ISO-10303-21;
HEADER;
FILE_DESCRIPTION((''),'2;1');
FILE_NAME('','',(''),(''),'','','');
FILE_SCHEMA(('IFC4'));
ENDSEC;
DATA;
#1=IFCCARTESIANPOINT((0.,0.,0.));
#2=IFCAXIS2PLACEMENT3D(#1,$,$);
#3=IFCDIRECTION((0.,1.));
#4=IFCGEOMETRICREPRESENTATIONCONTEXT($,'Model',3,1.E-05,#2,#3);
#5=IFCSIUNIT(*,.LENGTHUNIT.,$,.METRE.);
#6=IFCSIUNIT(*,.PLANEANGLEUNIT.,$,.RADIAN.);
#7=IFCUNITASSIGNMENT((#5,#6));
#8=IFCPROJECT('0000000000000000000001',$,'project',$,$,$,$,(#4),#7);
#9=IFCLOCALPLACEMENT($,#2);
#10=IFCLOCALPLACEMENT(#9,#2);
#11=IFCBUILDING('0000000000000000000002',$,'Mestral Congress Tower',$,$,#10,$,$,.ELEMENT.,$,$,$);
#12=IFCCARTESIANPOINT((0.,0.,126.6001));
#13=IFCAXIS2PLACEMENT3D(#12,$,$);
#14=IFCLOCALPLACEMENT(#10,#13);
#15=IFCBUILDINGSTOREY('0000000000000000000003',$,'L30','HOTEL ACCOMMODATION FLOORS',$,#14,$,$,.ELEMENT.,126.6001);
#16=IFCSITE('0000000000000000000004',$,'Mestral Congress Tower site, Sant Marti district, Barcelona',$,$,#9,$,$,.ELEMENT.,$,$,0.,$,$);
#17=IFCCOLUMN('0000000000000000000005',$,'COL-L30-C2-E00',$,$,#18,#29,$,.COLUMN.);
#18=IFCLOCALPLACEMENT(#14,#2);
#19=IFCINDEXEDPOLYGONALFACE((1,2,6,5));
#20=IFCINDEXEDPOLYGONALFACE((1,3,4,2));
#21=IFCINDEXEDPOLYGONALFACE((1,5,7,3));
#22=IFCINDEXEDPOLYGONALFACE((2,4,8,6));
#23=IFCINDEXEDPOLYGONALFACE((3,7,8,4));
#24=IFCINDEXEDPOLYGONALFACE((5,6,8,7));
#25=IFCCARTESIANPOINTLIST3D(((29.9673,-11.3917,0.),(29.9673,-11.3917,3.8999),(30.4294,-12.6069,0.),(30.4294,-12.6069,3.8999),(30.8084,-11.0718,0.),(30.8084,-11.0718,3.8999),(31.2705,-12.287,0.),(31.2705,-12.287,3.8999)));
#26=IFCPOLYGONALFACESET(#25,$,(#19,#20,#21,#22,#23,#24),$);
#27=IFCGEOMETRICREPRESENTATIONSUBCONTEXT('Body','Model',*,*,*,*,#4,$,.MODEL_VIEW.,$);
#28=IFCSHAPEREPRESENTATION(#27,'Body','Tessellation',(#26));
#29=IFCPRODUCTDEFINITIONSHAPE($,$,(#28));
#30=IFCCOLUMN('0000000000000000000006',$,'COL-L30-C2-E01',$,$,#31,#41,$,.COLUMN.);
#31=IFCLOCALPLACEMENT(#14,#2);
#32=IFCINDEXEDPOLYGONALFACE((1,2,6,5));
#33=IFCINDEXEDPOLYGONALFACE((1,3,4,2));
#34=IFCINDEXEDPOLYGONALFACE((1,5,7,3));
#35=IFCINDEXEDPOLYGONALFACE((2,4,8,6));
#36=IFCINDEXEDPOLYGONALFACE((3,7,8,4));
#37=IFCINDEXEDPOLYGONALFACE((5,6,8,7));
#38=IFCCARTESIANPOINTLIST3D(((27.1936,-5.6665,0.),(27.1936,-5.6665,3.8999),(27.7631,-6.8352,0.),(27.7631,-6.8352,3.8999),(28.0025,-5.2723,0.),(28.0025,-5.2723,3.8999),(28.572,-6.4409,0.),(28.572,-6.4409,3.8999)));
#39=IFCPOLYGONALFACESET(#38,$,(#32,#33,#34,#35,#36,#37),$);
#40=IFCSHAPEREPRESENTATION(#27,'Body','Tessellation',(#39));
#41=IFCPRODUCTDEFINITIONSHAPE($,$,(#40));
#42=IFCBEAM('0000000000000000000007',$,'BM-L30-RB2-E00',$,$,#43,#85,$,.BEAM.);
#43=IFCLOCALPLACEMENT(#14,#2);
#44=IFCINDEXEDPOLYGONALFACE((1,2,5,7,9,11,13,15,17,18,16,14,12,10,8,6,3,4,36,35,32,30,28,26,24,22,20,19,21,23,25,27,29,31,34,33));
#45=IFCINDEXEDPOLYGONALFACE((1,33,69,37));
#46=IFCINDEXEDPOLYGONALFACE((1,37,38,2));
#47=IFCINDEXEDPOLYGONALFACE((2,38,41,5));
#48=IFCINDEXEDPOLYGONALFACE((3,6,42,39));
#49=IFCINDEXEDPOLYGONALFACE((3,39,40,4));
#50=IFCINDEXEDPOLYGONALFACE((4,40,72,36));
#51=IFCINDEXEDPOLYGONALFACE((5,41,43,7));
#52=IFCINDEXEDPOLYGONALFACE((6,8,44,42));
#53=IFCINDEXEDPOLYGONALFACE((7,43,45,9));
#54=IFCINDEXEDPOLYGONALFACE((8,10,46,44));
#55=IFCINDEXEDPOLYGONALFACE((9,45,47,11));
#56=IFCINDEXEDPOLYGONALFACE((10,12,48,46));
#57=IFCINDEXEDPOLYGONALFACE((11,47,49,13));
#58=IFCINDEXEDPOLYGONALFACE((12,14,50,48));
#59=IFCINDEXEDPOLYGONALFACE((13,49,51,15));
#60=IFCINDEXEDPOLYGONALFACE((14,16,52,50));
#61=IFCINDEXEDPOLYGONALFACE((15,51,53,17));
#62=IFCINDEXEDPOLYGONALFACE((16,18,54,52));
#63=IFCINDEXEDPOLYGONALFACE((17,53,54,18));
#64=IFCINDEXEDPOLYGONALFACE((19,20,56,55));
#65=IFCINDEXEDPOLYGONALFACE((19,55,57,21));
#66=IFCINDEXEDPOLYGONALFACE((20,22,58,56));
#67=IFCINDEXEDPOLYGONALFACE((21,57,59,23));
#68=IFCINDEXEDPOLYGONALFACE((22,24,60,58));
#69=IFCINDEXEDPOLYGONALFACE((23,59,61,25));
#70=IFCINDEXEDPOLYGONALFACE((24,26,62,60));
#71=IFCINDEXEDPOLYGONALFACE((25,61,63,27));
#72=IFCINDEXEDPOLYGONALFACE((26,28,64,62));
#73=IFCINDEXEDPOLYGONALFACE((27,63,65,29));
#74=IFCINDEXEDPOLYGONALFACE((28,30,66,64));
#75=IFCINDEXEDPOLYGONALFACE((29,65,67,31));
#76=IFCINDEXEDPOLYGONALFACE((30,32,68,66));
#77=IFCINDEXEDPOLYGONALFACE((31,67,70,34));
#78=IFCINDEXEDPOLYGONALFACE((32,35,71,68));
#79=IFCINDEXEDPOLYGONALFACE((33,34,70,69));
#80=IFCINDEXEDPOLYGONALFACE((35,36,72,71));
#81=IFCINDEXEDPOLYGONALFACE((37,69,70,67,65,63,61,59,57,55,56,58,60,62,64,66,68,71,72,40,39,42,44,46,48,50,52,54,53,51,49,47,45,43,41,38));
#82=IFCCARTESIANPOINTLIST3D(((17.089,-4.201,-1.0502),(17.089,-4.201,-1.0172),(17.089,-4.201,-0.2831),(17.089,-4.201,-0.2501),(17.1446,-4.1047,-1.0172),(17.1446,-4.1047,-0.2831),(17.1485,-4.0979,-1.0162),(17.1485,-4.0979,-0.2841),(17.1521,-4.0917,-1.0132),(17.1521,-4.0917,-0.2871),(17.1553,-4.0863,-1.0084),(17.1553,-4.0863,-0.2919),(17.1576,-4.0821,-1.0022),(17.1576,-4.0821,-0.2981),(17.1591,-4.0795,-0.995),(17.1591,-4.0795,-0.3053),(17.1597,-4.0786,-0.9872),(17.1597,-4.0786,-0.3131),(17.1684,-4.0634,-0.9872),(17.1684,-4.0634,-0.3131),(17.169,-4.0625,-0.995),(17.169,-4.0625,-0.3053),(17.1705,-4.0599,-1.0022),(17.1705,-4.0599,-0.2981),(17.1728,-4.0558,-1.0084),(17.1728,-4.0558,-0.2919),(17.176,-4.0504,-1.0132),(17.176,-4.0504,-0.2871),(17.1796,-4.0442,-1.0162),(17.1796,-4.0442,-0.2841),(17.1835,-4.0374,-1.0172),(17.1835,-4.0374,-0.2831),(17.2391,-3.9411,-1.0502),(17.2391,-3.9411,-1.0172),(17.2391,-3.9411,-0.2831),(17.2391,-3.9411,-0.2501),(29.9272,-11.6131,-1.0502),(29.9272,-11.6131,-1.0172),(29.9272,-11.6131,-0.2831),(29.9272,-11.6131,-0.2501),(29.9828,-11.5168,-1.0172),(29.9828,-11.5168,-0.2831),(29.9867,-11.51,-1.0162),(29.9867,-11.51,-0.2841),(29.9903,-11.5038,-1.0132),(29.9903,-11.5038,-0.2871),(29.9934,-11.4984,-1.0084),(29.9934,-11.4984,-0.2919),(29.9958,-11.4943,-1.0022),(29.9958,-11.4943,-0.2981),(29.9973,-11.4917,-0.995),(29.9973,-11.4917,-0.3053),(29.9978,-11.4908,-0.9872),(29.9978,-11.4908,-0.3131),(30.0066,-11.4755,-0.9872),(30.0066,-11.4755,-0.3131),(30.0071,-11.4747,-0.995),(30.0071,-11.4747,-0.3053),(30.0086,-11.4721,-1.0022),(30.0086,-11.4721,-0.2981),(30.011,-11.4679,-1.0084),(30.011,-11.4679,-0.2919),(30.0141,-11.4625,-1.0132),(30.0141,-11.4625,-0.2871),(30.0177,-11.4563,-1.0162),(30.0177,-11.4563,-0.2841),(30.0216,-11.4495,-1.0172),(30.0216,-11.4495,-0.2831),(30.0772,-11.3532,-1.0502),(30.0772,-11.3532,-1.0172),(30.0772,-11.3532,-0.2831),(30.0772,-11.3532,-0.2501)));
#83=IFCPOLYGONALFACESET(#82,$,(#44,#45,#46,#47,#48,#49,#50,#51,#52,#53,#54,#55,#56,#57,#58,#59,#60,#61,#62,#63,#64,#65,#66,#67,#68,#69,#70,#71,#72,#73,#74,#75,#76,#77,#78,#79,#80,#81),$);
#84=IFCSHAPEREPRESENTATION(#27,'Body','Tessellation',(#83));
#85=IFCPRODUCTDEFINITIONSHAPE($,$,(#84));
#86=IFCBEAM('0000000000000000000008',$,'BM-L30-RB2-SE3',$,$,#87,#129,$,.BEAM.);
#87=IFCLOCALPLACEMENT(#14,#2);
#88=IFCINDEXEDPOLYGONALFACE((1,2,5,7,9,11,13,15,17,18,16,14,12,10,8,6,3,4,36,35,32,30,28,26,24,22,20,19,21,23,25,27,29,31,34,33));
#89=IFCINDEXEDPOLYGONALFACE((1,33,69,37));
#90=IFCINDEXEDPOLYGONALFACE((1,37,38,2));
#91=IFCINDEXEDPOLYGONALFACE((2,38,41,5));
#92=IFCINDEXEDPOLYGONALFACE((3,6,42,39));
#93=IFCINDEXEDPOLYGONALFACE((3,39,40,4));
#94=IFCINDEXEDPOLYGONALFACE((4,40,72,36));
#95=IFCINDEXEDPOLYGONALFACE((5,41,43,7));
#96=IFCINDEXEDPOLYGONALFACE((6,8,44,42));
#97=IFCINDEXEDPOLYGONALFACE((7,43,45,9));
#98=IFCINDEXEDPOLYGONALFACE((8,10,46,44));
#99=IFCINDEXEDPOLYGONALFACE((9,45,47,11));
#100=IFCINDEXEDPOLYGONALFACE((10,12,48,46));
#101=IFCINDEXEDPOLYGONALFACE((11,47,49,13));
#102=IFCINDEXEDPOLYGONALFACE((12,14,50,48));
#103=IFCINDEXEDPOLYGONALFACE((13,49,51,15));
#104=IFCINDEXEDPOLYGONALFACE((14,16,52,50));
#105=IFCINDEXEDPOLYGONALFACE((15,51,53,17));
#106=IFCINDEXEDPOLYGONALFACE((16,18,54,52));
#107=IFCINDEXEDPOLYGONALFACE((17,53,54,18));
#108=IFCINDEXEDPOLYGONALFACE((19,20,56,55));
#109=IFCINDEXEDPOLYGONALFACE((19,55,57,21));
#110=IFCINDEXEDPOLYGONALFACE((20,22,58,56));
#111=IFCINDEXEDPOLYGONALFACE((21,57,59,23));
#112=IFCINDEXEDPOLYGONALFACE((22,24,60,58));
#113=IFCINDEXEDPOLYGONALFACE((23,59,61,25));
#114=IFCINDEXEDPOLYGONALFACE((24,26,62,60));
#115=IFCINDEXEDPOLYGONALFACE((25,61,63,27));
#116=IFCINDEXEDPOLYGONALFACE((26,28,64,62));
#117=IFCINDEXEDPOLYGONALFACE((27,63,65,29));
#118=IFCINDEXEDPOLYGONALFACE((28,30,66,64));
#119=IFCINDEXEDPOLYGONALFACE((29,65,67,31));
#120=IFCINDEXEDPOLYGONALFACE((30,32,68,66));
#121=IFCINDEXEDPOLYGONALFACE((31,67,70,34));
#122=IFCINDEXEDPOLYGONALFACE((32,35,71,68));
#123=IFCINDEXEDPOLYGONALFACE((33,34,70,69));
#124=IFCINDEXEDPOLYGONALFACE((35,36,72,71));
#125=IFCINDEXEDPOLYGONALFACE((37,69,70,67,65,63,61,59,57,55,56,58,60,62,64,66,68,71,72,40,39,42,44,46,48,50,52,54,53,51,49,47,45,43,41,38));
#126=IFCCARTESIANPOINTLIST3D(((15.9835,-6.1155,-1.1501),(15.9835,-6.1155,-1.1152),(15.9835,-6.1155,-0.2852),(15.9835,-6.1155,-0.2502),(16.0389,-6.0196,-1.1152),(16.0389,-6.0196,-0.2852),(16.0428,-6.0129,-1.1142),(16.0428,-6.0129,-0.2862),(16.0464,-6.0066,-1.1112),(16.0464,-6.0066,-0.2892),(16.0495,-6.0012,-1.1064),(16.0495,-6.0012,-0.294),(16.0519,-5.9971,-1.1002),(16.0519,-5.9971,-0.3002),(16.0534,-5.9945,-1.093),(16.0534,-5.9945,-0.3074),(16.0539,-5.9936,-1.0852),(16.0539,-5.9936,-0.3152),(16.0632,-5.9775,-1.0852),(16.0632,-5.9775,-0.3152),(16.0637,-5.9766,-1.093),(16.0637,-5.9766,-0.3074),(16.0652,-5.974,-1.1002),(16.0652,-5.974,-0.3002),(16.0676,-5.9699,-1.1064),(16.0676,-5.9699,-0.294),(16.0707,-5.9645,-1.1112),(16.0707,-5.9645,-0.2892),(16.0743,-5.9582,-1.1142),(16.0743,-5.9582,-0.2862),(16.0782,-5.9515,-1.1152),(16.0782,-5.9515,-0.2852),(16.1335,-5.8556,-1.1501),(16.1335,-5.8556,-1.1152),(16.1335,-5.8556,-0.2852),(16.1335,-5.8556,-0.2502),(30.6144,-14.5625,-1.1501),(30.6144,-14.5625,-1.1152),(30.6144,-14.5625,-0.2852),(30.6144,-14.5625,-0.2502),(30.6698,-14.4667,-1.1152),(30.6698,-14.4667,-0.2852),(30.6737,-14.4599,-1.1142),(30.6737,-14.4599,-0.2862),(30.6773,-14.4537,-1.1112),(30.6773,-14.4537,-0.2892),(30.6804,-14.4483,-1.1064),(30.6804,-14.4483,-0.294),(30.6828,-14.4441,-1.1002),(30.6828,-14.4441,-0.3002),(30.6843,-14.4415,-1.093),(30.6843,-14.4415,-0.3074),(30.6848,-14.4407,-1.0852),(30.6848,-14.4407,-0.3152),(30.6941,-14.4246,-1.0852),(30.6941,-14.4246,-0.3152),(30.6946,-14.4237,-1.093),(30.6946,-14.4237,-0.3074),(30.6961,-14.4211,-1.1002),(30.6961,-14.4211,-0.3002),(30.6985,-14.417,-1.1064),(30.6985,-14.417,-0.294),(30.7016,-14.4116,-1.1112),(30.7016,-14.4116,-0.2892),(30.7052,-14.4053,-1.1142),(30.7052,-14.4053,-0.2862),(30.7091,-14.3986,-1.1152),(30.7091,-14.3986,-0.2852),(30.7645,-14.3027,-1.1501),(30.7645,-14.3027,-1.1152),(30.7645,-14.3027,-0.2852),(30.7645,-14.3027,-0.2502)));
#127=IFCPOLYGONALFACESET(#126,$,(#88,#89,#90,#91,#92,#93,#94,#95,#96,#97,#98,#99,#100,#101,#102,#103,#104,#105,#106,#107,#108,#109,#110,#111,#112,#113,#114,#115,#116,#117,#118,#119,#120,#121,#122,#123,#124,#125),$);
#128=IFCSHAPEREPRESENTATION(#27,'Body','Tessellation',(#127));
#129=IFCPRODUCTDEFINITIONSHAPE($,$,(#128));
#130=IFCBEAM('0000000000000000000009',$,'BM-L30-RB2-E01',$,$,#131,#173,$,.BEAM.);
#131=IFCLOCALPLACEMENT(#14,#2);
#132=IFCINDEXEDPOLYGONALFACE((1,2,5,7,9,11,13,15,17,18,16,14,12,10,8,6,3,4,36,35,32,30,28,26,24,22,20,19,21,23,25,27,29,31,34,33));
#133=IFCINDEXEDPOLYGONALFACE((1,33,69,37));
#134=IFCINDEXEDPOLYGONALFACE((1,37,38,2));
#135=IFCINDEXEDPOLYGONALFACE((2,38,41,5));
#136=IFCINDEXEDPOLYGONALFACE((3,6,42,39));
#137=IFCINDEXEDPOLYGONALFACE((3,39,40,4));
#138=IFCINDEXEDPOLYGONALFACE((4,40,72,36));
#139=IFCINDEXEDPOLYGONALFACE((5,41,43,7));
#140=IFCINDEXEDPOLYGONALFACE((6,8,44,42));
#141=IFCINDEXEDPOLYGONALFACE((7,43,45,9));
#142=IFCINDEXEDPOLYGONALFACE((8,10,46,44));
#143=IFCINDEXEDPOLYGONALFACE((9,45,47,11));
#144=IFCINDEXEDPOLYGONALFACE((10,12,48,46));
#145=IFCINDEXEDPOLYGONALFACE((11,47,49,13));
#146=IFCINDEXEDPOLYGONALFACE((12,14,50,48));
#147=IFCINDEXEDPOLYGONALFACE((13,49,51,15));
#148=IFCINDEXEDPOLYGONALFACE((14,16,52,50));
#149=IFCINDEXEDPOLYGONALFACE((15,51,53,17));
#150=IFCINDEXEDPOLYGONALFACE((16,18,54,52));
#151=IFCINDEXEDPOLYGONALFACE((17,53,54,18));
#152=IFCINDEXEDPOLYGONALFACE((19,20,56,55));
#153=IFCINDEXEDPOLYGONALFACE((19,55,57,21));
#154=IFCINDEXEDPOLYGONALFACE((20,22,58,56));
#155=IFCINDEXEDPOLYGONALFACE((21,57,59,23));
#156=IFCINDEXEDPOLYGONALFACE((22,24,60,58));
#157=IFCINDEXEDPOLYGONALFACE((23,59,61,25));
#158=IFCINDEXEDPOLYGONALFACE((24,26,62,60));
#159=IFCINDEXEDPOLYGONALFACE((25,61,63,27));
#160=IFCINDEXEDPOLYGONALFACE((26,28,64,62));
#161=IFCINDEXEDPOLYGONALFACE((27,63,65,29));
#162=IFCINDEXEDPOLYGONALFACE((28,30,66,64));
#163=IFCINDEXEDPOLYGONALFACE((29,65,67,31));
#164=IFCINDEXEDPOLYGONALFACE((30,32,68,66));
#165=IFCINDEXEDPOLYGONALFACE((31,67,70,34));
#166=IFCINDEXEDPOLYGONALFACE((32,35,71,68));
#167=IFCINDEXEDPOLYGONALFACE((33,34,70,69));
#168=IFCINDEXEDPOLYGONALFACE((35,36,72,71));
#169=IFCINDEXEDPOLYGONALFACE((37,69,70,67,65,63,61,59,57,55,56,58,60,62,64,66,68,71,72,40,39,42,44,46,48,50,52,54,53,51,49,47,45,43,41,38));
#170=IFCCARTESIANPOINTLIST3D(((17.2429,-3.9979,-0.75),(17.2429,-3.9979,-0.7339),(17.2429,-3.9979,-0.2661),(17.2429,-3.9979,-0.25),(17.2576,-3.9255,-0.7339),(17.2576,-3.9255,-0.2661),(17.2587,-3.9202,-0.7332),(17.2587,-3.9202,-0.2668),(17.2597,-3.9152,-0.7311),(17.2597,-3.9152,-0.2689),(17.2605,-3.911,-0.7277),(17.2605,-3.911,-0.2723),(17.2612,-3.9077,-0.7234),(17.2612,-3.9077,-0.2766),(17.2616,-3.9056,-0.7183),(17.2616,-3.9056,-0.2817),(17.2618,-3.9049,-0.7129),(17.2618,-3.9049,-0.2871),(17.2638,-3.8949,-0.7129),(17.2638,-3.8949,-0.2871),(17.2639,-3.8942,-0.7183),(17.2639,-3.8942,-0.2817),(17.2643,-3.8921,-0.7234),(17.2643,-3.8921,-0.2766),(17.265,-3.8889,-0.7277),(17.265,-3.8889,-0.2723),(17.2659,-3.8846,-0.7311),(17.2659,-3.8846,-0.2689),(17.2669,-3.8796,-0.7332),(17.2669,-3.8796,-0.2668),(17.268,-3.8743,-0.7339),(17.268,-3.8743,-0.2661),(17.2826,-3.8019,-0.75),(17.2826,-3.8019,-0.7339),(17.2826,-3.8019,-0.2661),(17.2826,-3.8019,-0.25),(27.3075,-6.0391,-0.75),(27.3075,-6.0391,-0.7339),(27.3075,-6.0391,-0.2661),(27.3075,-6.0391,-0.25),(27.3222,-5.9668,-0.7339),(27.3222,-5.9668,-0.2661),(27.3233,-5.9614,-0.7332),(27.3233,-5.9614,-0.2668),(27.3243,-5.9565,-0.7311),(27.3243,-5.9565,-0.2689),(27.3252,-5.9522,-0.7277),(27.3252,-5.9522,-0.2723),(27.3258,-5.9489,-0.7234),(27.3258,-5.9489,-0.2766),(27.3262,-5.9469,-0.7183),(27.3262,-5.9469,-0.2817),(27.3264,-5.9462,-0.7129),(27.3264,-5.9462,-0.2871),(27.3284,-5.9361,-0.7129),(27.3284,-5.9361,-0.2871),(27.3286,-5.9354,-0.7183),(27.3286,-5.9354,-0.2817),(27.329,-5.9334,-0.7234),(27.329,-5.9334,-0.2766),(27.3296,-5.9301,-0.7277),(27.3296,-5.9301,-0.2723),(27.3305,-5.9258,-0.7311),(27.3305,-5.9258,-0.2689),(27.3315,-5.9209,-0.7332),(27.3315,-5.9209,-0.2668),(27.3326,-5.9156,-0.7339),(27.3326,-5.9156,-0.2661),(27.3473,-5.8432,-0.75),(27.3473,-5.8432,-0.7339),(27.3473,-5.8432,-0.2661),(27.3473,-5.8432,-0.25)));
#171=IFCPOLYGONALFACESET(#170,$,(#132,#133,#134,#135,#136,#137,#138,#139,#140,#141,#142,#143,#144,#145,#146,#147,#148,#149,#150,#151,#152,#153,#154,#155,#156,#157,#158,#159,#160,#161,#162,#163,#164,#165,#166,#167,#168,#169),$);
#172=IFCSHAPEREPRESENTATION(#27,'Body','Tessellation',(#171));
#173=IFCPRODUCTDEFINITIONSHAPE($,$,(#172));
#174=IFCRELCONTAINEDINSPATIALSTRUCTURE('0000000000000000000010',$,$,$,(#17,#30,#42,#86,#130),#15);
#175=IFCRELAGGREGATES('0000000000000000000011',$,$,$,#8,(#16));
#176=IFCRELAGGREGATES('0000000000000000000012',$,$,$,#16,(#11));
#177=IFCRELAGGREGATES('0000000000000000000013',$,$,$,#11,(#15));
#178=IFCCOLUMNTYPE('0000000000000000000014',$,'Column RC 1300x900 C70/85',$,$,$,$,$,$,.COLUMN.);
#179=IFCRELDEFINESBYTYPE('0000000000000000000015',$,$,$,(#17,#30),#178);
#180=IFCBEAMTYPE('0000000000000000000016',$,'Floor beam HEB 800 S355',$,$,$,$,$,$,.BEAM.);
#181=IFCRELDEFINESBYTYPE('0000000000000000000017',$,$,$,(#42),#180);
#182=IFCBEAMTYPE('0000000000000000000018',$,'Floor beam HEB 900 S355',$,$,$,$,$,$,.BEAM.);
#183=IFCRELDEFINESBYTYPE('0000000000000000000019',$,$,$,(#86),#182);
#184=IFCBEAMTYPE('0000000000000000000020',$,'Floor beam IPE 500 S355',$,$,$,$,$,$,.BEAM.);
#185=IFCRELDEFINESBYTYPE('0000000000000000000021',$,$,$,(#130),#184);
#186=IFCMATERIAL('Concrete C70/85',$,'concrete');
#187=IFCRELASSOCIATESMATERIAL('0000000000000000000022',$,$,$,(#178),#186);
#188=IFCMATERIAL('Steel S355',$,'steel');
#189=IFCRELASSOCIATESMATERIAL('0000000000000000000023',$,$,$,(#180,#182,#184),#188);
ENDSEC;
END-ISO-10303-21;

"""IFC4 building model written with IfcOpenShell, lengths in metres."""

from ifc_helpers import new_model, si_unit, direction, frame, origin, origin_2d, place, context, subcontext, project, spatial, rectangle, i_section, extrude, material, material_profile, profile_set, type_object, element, save


model = new_model("IFC4")

# Units and contexts
model_context = context("Model", 3, precision=1e-05, world=origin(), true_north=direction((0.0, 1.0)))
body_context = subcontext(model_context, "Body", "Model", "MODEL_VIEW")
ifc_project = project(units=[si_unit("LENGTHUNIT", "METRE"), si_unit("PLANEANGLEUNIT", "RADIAN")], contexts=[model_context])

# Site, building, storey
site_placement = place(None, origin())
site = spatial("IfcSite", under=ifc_project, at=site_placement, Name="Mestral Congress Tower site, Sant Marti district, Barcelona", CompositionType="ELEMENT", RefElevation=0.0)
building_placement = place(site_placement, origin())
building = spatial("IfcBuilding", under=site, at=building_placement, Name="Mestral Congress Tower", CompositionType="ELEMENT")
storey_placement = place(building_placement, frame((0.0, 0.0, 126.6001)))
storey = spatial("IfcBuildingStorey", under=building, at=storey_placement, Name="L30", Description="HOTEL ACCOMMODATION FLOORS", CompositionType="ELEMENT", Elevation=126.6001)

# Columns
ifc_material_1 = material(Name="Concrete C70/85", Category="concrete")
ifc_material_profile_1 = material_profile(ifc_material_1, rectangle(XDim=1.3, YDim=0.8999, at=origin_2d()), Name="RC 1300x900")
ifc_profile_set_1 = profile_set([ifc_material_profile_1], Name="Concrete C70/85")
column_type = type_object("IfcColumnType", Name="Column RC 1300x900 C70/85", PredefinedType="COLUMN", material=ifc_profile_set_1)
for number, where, z_axis, x_axis, name in (
    (1, (30.6189, -11.8394, 0.0), (0.0, 0.0, 1.0), (-0.355494, 0.934679, 0.0), "COL-L30-C2-E00"),
    (2, (27.8828, -6.0537, 0.0), (0.0, 0.0, 1.0), (-0.438061, 0.898945, 0.0), "COL-L30-C2-E01"),
):
    element("IfcColumn", number, at=place(storey_placement, frame(where, z_axis=z_axis, x_axis=x_axis)), inside=storey, type_object=column_type, Name=name, PredefinedType="COLUMN", context=body_context, shape_type="SweptSolid", body=[
        extrude(rectangle(XDim=1.3, YDim=0.8999, at=origin_2d()), origin(), (0.0, 0.0, 1.0), 3.8999),
    ])

# Beams
ifc_material_2 = material(Name="Steel S355", Category="steel")
ifc_material_profile_2 = material_profile(ifc_material_2, i_section(OverallWidth=0.3, OverallDepth=0.8, WebThickness=0.0176, FlangeThickness=0.033, FilletRadius=0.03, at=origin_2d()), Name="HEB 800")
ifc_profile_set_2 = profile_set([ifc_material_profile_2], Name="Steel S355")
beam_type_1 = type_object("IfcBeamType", Name="Floor beam HEB 800 S355", PredefinedType="BEAM", material=ifc_profile_set_2)
beam_1_placement = place(storey_placement, frame((30.0022, -11.4832, -0.6501), z_axis=(-0.866025, 0.5, 0.0), x_axis=(-0.5, -0.866025, 0.0)))
element("IfcBeam", 3, at=beam_1_placement, inside=storey, type_object=beam_type_1, Name="BM-L30-RB2-E00", PredefinedType="BEAM", context=body_context, shape_type="SweptSolid", body=[
    extrude(i_section(OverallWidth=0.3, OverallDepth=0.8, WebThickness=0.0176, FlangeThickness=0.033, FilletRadius=0.03, at=origin_2d()), origin(), (0.0, 0.0, 1.0), 14.8242),
])
ifc_material_profile_3 = material_profile(ifc_material_2, i_section(OverallWidth=0.3, OverallDepth=0.8999, WebThickness=0.0186, FlangeThickness=0.0349, FilletRadius=0.03, at=origin_2d()), Name="HEB 900")
ifc_profile_set_3 = profile_set([ifc_material_profile_3], Name="Steel S355")
beam_type_2 = type_object("IfcBeamType", Name="Floor beam HEB 900 S355", PredefinedType="BEAM", material=ifc_profile_set_3)
beam_2_placement = place(storey_placement, frame((30.6895, -14.4326, -0.7002), z_axis=(-0.866028, 0.499995, 0.0), x_axis=(-0.499995, -0.866028, 0.0)))
element("IfcBeam", 4, at=beam_2_placement, inside=storey, type_object=beam_type_2, Name="BM-L30-RB2-SE3", PredefinedType="BEAM", context=body_context, shape_type="SweptSolid", body=[
    extrude(i_section(OverallWidth=0.3, OverallDepth=0.8999, WebThickness=0.0186, FlangeThickness=0.0349, FilletRadius=0.03, at=origin_2d()), origin(), (0.0, 0.0, 1.0), 16.8943),
])
ifc_material_profile_4 = material_profile(ifc_material_2, i_section(OverallWidth=0.2, OverallDepth=0.5, WebThickness=0.0103, FlangeThickness=0.0161, FilletRadius=0.021, at=origin_2d()), Name="IPE 500")
ifc_profile_set_4 = profile_set([ifc_material_profile_4], Name="Steel S355")
beam_type_3 = type_object("IfcBeamType", Name="Floor beam IPE 500 S355", PredefinedType="BEAM", material=ifc_profile_set_4)
beam_3_placement = place(storey_placement, frame((27.3274, -5.9412, -0.5), z_axis=(-0.980047, 0.198767, 0.0), x_axis=(-0.198767, -0.980047, 0.0)))
element("IfcBeam", 5, at=beam_3_placement, inside=storey, type_object=beam_type_3, Name="BM-L30-RB2-E01", PredefinedType="BEAM", context=body_context, shape_type="SweptSolid", body=[
    extrude(i_section(OverallWidth=0.2, OverallDepth=0.5, WebThickness=0.0103, FlangeThickness=0.0161, FilletRadius=0.021, at=origin_2d()), origin(), (0.0, 0.0, 1.0), 10.2695),
])

save(model, "model.ifc")
